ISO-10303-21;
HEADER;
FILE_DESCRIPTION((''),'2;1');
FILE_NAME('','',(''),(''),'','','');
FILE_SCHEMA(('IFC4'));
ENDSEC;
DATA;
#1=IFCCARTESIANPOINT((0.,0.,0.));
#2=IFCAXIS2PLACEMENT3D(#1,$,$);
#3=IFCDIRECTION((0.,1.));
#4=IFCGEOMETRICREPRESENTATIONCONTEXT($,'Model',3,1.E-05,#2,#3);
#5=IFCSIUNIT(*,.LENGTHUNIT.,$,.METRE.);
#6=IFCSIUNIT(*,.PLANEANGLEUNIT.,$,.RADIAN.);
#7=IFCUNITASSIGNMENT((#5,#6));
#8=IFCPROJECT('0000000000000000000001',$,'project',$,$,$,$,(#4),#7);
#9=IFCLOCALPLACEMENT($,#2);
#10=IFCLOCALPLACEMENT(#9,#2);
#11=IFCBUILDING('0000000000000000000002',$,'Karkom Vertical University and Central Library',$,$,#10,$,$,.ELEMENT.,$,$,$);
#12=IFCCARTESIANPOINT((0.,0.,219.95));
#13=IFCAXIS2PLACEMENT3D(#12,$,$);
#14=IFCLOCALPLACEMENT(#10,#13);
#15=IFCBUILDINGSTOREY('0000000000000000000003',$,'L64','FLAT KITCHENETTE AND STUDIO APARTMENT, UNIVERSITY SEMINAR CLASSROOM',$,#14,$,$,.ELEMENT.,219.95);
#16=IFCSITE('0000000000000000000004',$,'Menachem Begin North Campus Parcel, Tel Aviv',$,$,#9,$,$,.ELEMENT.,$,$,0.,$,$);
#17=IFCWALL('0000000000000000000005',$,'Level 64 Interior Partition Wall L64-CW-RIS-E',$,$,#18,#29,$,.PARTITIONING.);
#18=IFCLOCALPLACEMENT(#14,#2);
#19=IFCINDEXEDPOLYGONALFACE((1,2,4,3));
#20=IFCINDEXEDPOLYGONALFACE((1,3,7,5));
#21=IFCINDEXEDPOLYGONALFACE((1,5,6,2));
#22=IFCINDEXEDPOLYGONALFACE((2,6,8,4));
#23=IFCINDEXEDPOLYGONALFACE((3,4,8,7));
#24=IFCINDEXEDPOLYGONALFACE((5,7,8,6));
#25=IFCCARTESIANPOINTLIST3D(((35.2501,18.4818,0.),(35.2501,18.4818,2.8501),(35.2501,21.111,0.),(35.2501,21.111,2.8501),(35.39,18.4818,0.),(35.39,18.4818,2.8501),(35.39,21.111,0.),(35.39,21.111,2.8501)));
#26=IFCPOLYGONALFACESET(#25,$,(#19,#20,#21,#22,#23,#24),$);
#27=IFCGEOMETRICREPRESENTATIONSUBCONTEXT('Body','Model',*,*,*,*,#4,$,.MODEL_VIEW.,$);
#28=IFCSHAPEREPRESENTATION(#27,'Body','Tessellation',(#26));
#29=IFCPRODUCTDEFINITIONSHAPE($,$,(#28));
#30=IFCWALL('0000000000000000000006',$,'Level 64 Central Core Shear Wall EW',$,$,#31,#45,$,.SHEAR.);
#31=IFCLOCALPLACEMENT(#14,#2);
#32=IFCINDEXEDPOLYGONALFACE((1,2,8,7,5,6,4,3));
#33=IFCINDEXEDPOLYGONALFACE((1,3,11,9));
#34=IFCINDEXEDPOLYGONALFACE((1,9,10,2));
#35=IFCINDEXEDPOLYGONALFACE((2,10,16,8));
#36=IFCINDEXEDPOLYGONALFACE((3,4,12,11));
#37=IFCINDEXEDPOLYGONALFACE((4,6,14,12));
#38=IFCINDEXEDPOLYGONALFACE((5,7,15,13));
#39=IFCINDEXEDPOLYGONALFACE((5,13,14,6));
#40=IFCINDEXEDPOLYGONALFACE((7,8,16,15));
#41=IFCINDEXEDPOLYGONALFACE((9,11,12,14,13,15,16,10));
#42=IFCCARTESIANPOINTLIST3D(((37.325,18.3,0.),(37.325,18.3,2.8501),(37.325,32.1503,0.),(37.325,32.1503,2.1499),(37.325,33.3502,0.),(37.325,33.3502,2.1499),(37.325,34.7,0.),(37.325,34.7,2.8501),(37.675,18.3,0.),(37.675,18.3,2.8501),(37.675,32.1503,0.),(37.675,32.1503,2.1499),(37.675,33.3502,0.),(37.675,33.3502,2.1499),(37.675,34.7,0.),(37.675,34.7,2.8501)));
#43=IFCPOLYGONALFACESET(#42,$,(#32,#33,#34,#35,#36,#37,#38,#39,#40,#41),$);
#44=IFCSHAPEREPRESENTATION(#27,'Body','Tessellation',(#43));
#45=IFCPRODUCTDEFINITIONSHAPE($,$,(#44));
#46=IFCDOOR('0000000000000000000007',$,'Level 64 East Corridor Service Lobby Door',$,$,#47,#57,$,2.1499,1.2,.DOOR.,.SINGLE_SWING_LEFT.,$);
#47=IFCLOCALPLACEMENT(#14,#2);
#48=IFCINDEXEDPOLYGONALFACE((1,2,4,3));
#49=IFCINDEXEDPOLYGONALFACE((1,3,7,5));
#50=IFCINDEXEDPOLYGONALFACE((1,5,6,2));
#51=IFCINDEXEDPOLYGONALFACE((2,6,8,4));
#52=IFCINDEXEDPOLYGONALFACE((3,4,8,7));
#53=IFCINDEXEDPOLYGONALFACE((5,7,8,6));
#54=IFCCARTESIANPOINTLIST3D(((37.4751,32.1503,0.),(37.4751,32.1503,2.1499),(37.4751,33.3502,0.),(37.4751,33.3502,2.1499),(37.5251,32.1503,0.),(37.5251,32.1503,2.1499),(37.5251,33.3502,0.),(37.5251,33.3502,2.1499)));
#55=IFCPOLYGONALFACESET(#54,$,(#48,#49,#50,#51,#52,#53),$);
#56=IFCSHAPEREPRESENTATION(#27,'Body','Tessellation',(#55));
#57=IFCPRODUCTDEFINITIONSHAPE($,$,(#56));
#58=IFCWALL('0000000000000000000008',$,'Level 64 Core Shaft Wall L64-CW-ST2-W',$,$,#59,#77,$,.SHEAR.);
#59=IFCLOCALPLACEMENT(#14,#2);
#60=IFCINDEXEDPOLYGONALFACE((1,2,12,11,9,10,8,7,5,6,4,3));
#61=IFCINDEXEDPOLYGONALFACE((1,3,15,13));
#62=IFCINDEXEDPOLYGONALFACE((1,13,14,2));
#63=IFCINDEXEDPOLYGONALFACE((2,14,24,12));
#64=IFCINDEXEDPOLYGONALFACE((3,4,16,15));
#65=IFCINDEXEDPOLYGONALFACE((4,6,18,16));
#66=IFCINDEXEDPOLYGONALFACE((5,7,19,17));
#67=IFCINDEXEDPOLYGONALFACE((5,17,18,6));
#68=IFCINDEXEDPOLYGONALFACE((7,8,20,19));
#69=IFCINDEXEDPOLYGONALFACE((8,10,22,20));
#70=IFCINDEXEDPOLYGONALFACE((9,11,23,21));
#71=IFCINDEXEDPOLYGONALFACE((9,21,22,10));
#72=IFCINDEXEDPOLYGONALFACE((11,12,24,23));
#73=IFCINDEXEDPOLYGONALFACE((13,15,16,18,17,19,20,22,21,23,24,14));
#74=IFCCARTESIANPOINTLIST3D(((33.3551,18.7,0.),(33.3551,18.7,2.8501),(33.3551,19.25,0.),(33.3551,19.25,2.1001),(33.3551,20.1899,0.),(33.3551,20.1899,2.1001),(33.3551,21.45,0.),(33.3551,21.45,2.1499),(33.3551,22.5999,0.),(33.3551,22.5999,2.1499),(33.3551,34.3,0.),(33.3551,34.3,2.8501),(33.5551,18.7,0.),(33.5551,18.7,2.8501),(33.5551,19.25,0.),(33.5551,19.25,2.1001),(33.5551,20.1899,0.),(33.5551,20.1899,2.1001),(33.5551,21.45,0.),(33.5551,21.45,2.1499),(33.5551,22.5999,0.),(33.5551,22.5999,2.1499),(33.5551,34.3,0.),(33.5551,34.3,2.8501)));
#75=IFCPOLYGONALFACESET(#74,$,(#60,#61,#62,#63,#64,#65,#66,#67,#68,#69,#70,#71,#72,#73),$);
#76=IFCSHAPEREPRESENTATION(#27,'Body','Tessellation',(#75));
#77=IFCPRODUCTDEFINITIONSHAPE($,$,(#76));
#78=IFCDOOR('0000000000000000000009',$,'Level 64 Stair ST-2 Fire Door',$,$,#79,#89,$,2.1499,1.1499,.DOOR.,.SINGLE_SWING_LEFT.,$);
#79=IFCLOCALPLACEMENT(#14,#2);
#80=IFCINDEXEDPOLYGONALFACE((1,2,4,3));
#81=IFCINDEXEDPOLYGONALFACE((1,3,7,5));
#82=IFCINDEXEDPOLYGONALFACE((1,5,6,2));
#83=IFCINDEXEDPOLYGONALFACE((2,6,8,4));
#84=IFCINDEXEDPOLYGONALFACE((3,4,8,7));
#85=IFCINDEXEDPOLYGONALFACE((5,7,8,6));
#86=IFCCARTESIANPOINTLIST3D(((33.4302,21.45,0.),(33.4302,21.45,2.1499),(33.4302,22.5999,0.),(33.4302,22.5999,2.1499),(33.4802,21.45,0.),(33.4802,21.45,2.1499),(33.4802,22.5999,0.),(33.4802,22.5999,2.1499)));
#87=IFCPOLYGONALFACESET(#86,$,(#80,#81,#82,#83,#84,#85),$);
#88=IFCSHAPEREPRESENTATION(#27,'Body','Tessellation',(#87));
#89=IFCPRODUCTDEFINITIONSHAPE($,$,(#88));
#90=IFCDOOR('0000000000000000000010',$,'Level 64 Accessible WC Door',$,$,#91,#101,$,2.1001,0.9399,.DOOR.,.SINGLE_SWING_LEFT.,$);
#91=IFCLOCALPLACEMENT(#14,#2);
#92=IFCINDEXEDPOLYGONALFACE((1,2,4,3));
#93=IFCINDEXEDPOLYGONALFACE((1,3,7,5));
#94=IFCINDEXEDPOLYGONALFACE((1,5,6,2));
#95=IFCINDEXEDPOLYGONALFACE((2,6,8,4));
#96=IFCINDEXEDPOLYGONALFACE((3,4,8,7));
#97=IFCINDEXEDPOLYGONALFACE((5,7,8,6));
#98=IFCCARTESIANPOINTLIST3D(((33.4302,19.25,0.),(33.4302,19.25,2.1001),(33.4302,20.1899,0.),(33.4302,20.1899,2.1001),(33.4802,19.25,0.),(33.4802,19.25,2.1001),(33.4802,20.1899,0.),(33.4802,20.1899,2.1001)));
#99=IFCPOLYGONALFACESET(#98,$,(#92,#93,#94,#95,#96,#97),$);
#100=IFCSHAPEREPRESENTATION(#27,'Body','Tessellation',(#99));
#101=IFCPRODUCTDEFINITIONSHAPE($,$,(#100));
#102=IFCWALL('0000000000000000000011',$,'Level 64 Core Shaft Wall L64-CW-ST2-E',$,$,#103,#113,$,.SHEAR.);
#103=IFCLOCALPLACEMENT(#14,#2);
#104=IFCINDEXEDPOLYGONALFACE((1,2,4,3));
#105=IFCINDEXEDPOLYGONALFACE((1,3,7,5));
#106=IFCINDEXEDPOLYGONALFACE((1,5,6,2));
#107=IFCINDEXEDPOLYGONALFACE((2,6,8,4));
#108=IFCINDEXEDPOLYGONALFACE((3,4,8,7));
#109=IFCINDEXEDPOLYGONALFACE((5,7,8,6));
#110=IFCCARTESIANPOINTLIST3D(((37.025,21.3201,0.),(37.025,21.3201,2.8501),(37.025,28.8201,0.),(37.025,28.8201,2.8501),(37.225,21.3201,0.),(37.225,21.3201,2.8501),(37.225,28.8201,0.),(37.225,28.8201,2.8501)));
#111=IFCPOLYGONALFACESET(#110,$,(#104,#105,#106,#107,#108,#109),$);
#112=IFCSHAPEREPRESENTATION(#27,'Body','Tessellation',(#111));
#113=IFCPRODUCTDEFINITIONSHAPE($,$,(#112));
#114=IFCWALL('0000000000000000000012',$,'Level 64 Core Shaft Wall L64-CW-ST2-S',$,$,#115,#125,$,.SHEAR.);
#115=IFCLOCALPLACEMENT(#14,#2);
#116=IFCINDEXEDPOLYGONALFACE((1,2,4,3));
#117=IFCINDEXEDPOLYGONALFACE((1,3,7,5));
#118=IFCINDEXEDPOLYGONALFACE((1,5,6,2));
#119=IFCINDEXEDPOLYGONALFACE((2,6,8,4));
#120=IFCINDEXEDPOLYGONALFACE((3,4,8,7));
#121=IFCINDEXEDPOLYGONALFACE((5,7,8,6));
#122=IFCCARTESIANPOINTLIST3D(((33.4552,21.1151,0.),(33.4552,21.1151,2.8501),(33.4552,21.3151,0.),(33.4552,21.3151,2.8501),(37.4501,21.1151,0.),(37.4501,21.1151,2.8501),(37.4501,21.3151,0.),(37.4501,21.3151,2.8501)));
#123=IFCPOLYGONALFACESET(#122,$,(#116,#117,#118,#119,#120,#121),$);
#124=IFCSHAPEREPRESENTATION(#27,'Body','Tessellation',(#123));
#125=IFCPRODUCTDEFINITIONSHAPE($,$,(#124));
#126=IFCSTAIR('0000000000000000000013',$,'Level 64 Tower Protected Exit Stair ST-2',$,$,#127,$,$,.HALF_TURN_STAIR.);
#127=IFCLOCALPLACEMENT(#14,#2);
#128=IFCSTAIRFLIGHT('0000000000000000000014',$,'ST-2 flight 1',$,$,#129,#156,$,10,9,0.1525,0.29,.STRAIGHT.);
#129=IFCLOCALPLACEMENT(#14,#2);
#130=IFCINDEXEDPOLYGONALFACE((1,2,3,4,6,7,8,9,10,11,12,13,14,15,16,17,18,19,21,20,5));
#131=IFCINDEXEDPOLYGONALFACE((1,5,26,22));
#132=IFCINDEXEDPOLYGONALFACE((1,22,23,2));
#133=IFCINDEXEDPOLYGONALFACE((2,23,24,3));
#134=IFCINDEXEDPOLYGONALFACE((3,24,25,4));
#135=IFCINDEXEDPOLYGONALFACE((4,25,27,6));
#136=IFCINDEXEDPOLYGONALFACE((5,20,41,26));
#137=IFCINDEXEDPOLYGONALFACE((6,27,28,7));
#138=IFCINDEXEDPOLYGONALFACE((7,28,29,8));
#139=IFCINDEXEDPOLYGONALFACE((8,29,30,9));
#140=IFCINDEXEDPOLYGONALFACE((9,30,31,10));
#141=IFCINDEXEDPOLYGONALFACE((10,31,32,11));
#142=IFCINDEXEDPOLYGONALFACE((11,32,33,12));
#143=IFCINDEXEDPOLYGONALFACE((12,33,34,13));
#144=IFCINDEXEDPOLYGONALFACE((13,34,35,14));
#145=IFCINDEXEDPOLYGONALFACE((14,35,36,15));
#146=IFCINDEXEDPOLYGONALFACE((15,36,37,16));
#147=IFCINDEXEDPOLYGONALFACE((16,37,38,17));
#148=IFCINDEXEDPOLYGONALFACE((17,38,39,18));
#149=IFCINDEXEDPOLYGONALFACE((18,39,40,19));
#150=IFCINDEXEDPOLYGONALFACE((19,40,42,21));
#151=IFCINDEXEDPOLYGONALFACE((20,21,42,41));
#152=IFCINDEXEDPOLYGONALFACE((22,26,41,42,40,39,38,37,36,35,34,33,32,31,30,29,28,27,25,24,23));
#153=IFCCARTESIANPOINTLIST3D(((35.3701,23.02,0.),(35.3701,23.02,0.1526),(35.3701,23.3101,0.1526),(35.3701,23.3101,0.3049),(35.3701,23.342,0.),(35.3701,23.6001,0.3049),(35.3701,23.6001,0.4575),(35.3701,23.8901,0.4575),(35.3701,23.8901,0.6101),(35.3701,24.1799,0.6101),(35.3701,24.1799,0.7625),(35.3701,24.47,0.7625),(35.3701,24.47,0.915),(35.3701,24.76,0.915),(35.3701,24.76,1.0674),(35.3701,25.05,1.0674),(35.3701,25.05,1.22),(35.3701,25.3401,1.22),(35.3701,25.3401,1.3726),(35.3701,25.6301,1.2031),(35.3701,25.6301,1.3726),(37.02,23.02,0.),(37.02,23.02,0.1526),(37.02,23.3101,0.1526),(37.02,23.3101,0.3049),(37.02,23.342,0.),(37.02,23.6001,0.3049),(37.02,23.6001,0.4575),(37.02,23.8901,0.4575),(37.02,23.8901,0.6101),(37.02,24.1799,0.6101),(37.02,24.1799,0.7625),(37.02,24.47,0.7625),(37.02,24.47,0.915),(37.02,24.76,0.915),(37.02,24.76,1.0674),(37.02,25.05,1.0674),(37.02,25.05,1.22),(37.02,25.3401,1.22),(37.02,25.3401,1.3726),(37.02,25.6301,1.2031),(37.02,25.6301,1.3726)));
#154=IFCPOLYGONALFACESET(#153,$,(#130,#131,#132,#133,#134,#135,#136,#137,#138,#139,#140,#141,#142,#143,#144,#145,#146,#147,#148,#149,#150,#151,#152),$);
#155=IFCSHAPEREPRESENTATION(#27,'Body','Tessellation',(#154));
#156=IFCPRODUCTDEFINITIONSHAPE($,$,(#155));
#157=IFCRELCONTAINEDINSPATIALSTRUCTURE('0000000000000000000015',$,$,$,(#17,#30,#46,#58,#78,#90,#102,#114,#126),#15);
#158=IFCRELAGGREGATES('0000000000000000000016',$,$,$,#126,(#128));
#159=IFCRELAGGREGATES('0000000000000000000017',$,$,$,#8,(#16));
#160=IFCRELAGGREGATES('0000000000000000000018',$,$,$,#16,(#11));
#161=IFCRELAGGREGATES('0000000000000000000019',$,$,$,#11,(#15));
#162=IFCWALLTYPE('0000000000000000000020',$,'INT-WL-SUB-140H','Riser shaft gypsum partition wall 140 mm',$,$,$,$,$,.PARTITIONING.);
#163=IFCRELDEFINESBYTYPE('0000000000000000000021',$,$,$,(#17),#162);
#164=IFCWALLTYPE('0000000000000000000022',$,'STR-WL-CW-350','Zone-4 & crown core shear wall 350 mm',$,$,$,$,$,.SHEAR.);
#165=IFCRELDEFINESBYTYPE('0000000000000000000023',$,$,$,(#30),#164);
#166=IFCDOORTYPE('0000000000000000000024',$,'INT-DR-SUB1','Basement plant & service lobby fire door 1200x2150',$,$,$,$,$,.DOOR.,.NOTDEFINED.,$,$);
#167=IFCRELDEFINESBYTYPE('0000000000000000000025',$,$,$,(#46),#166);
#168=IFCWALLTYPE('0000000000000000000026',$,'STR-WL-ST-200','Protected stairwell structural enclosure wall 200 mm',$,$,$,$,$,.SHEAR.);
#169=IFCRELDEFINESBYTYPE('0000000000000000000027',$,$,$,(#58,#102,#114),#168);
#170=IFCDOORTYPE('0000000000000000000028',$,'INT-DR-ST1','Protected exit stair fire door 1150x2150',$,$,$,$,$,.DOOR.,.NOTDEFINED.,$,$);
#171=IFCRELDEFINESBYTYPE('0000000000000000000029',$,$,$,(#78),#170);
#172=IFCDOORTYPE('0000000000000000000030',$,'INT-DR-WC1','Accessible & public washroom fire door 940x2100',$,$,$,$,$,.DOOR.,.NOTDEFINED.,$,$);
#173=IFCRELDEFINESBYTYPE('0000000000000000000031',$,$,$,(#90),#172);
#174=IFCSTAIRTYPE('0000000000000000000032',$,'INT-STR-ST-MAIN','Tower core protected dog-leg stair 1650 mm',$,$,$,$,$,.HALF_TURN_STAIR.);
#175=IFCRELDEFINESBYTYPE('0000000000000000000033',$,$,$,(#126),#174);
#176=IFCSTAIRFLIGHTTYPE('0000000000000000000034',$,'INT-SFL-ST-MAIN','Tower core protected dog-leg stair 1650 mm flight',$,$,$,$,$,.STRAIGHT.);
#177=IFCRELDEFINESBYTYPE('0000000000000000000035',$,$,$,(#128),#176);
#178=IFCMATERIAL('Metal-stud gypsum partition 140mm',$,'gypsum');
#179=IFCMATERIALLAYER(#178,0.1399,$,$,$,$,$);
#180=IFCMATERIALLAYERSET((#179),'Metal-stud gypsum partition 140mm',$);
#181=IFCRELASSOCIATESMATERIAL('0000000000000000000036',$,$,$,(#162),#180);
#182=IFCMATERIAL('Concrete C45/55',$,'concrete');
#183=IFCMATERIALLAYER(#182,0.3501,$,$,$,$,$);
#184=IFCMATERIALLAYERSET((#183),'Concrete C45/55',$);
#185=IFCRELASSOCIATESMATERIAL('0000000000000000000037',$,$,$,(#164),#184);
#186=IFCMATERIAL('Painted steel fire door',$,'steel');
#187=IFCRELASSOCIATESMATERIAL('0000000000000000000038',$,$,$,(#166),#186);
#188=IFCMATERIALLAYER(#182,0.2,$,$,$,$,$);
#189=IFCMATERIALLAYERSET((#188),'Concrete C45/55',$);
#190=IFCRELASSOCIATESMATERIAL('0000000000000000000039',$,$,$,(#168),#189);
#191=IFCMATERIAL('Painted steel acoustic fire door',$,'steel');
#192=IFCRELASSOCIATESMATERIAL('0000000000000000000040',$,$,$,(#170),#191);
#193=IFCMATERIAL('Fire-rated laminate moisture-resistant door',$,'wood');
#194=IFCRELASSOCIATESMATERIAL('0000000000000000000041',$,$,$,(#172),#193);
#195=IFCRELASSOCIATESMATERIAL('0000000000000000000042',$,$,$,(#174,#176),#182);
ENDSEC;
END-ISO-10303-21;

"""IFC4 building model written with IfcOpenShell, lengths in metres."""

from ifc_helpers import new_model, si_unit, direction, frame, frame_2d, origin, origin_with_axes, place, context, subcontext, project, spatial, polyline, rectangle, outline, extrude, source, transform, mapped, material, layer, layer_set, type_object, element, fill, aggregate, save


model = new_model("IFC4")

# Units and contexts
model_context = context("Model", 3, precision=1e-05, world=origin(), true_north=direction((0.0, 1.0)))
body_context = subcontext(model_context, "Body", "Model", "MODEL_VIEW")
ifc_project = project(units=[si_unit("LENGTHUNIT", "METRE"), si_unit("PLANEANGLEUNIT", "RADIAN")], contexts=[model_context])

# Site, building, storey
site_placement = place(None, origin())
site = spatial("IfcSite", under=ifc_project, at=site_placement, Name="Menachem Begin North Campus Parcel, Tel Aviv", CompositionType="ELEMENT", RefElevation=0.0)
building_placement = place(site_placement, origin())
building = spatial("IfcBuilding", under=site, at=building_placement, Name="Karkom Vertical University and Central Library", CompositionType="ELEMENT")
storey_placement = place(building_placement, frame((0.0, 0.0, 219.95)))
storey = spatial("IfcBuildingStorey", under=building, at=storey_placement, Name="L64", Description="FLAT KITCHENETTE AND STUDIO APARTMENT, UNIVERSITY SEMINAR CLASSROOM", CompositionType="ELEMENT", Elevation=219.95)

# Shared definitions
ifc_material_1 = material(Name="Concrete C45/55", Category="concrete")

# Shared definitions
ifc_material_2 = material(Name="Metal-stud gypsum partition 140mm", Category="gypsum")

# Wall
ifc_layer_1 = layer(ifc_material_2, 0.1399)
ifc_layer_set_1 = layer_set([ifc_layer_1], Name="Metal-stud gypsum partition 140mm")
wall_type_1 = type_object("IfcWallType", Name="INT-WL-SUB-140H", Description="Riser shaft gypsum partition wall 140 mm", PredefinedType="PARTITIONING", material=ifc_layer_set_1)
wall_1_placement = place(storey_placement, frame((35.3201, 18.4819, 0.0), z_axis=(0.0, 0.0, 1.0), x_axis=(0.0, 1.0, 0.0)))
element("IfcWall", 1, at=wall_1_placement, inside=storey, type_object=wall_type_1, Name="Level 64 Interior Partition Wall L64-CW-RIS-E", PredefinedType="PARTITIONING", context=body_context, shape_type="SweptSolid", body=[
    extrude(rectangle(XDim=2.6292, YDim=0.1399, at=frame_2d((1.3145, 0.0))), origin(), (0.0, 0.0, 1.0), 2.8501),
])

# Wall, opening, door
ifc_layer_2 = layer(ifc_material_1, 0.3501)
ifc_layer_set_2 = layer_set([ifc_layer_2], Name="Concrete C45/55")
wall_type_2 = type_object("IfcWallType", Name="STR-WL-CW-350", Description="Zone-4 & crown core shear wall 350 mm", PredefinedType="SHEAR", material=ifc_layer_set_2)
wall_2_placement = place(storey_placement, frame((37.5, 18.3, 0.0), z_axis=(0.0, 0.0, 1.0), x_axis=(0.0, 1.0, 0.0)))
wall_2 = element("IfcWall", 2, at=wall_2_placement, inside=storey, type_object=wall_type_2, Name="Level 64 Central Core Shear Wall EW", PredefinedType="SHEAR", context=body_context, shape_type="SweptSolid", body=[
    extrude(rectangle(XDim=16.3999, YDim=0.3501, at=frame_2d((8.2, 0.0))), origin(), (0.0, 0.0, 1.0), 2.8501),
])
opening_1_placement = place(wall_2_placement, frame((13.8501, 0.0, 0.0)))
opening_1 = element("IfcOpeningElement", 3, at=opening_1_placement, cuts=wall_2, PredefinedType="OPENING", context=body_context, shape_type="SweptSolid", body=[
    extrude(rectangle(XDim=1.2, YDim=2.1499, at=frame_2d((0.6001, 1.075))), frame((0.0, 0.1851, 0.0), z_axis=(0.0, -1.0, 0.0), x_axis=(1.0, 0.0, 0.0)), (0.0, 0.0, 1.0), 0.3701),
])
ifc_material_3 = material(Name="Painted steel fire door", Category="steel")
door_type_1 = type_object("IfcDoorType", Name="INT-DR-SUB1", Description="Basement plant & service lobby fire door 1200x2150", OperationType="NOTDEFINED", PredefinedType="DOOR", material=ifc_material_3)
shared_shape_1 = source(origin_with_axes(), body_context, "Body", "SweptSolid", [
    extrude(rectangle(XDim=1.2, YDim=2.1499, at=frame_2d((0.6001, 1.075))), frame((0.0, 0.0249, 0.0), z_axis=(0.0, -1.0, 0.0), x_axis=(1.0, 0.0, 0.0)), (0.0, 0.0, 1.0), 0.05),
])
door_1_placement = place(opening_1_placement, origin())
door_1 = element("IfcDoor", 4, at=door_1_placement, inside=storey, type_object=door_type_1, Name="Level 64 East Corridor Service Lobby Door", OperationType="SINGLE_SWING_LEFT", OverallHeight=2.1499, OverallWidth=1.2, PredefinedType="DOOR", context=body_context, shape_type="MappedRepresentation", body=[
    mapped(shared_shape_1, transform((0.0, 0.0, 0.0), scale=1.0)),
])
fill(opening_1, door_1)

# Wall, openings, doors
ifc_layer_3 = layer(ifc_material_1, 0.2)
ifc_layer_set_3 = layer_set([ifc_layer_3], Name="Concrete C45/55")
wall_type_3 = type_object("IfcWallType", Name="STR-WL-ST-200", Description="Protected stairwell structural enclosure wall 200 mm", PredefinedType="SHEAR", material=ifc_layer_set_3)
wall_3_placement = place(storey_placement, frame((33.4551, 18.7, 0.0), z_axis=(0.0, 0.0, 1.0), x_axis=(0.0, 1.0, 0.0)))
wall_3 = element("IfcWall", 5, at=wall_3_placement, inside=storey, type_object=wall_type_3, Name="Level 64 Core Shaft Wall L64-CW-ST2-W", PredefinedType="SHEAR", context=body_context, shape_type="SweptSolid", body=[
    extrude(rectangle(XDim=15.6001, YDim=0.2, at=frame_2d((7.8, 0.0))), origin(), (0.0, 0.0, 1.0), 2.8501),
])
opening_2_placement = place(wall_3_placement, frame((2.75, 0.0, 0.0)))
opening_2 = element("IfcOpeningElement", 6, at=opening_2_placement, cuts=wall_3, PredefinedType="OPENING", context=body_context, shape_type="SweptSolid", body=[
    extrude(rectangle(XDim=1.1499, YDim=2.1499, at=frame_2d((0.575, 1.075))), frame((0.0, 0.1099, 0.0), z_axis=(0.0, -1.0, 0.0), x_axis=(1.0, 0.0, 0.0)), (0.0, 0.0, 1.0), 0.22),
])
opening_3_placement = place(wall_3_placement, frame((0.55, 0.0, 0.0)))
opening_3 = element("IfcOpeningElement", 7, at=opening_3_placement, cuts=wall_3, PredefinedType="OPENING", context=body_context, shape_type="SweptSolid", body=[
    extrude(rectangle(XDim=0.9399, YDim=2.1001, at=frame_2d((0.47, 1.05))), frame((0.0, 0.1099, 0.0), z_axis=(0.0, -1.0, 0.0), x_axis=(1.0, 0.0, 0.0)), (0.0, 0.0, 1.0), 0.22),
])
ifc_material_4 = material(Name="Painted steel acoustic fire door", Category="steel")
door_type_2 = type_object("IfcDoorType", Name="INT-DR-ST1", Description="Protected exit stair fire door 1150x2150", OperationType="NOTDEFINED", PredefinedType="DOOR", material=ifc_material_4)
shared_shape_2 = source(origin_with_axes(), body_context, "Body", "SweptSolid", [
    extrude(rectangle(XDim=1.1499, YDim=2.1499, at=frame_2d((0.575, 1.075))), frame((0.0, 0.0249, 0.0), z_axis=(0.0, -1.0, 0.0), x_axis=(1.0, 0.0, 0.0)), (0.0, 0.0, 1.0), 0.05),
])
door_2_placement = place(opening_2_placement, origin())
door_2 = element("IfcDoor", 8, at=door_2_placement, inside=storey, type_object=door_type_2, Name="Level 64 Stair ST-2 Fire Door", OperationType="SINGLE_SWING_LEFT", OverallHeight=2.1499, OverallWidth=1.1499, PredefinedType="DOOR", context=body_context, shape_type="MappedRepresentation", body=[
    mapped(shared_shape_2, transform((0.0, 0.0, 0.0), scale=1.0)),
])
fill(opening_2, door_2)
ifc_material_5 = material(Name="Fire-rated laminate moisture-resistant door", Category="wood")
door_type_3 = type_object("IfcDoorType", Name="INT-DR-WC1", Description="Accessible & public washroom fire door 940x2100", OperationType="NOTDEFINED", PredefinedType="DOOR", material=ifc_material_5)
shared_shape_3 = source(origin_with_axes(), body_context, "Body", "SweptSolid", [
    extrude(rectangle(XDim=0.9399, YDim=2.1001, at=frame_2d((0.47, 1.05))), frame((0.0, 0.0249, 0.0), z_axis=(0.0, -1.0, 0.0), x_axis=(1.0, 0.0, 0.0)), (0.0, 0.0, 1.0), 0.05),
])
door_3_placement = place(opening_3_placement, origin())
door_3 = element("IfcDoor", 9, at=door_3_placement, inside=storey, type_object=door_type_3, Name="Level 64 Accessible WC Door", OperationType="SINGLE_SWING_LEFT", OverallHeight=2.1001, OverallWidth=0.9399, PredefinedType="DOOR", context=body_context, shape_type="MappedRepresentation", body=[
    mapped(shared_shape_3, transform((0.0, 0.0, 0.0), scale=1.0)),
])
fill(opening_3, door_3)

# Walls
wall_4_placement = place(storey_placement, frame((37.125, 21.3201, 0.0), z_axis=(0.0, 0.0, 1.0), x_axis=(0.0, 1.0, 0.0)))
element("IfcWall", 10, at=wall_4_placement, inside=storey, type_object=wall_type_3, Name="Level 64 Core Shaft Wall L64-CW-ST2-E", PredefinedType="SHEAR", context=body_context, shape_type="SweptSolid", body=[
    extrude(rectangle(XDim=7.5, YDim=0.2, at=frame_2d((3.75, 0.0))), origin(), (0.0, 0.0, 1.0), 2.8501),
])
wall_5_placement = place(storey_placement, frame((33.4551, 21.2151, 0.0), z_axis=(0.0, 0.0, 1.0), x_axis=(1.0, 0.0, 0.0)))
element("IfcWall", 11, at=wall_5_placement, inside=storey, type_object=wall_type_3, Name="Level 64 Core Shaft Wall L64-CW-ST2-S", PredefinedType="SHEAR", context=body_context, shape_type="SweptSolid", body=[
    extrude(rectangle(XDim=3.9949, YDim=0.2, at=frame_2d((1.9976, 0.0))), origin(), (0.0, 0.0, 1.0), 2.8501),
])

# Stair, stair flight
stair_type = type_object("IfcStairType", Name="INT-STR-ST-MAIN", Description="Tower core protected dog-leg stair 1650 mm", PredefinedType="HALF_TURN_STAIR", material=ifc_material_1)
stair_placement = place(storey_placement, origin())
stair = element("IfcStair", 12, at=stair_placement, inside=storey, type_object=stair_type, Name="Level 64 Tower Protected Exit Stair ST-2", PredefinedType="HALF_TURN_STAIR")
stair_flight_type = type_object("IfcStairFlightType", Name="INT-SFL-ST-MAIN", Description="Tower core protected dog-leg stair 1650 mm flight", PredefinedType="STRAIGHT", material=ifc_material_1)
stair_flight_placement = place(storey_placement, frame((36.1951, 23.02, 0.0), z_axis=(0.0, 0.0, 1.0), x_axis=(0.0, 1.0, 0.0)))
stair_flight = element("IfcStairFlight", 13, at=stair_flight_placement, type_object=stair_flight_type, Name="ST-2 flight 1", NumberOfRisers=10, NumberOfTreads=9, PredefinedType="STRAIGHT", RiserHeight=0.1525, TreadLength=0.29, context=body_context, shape_type="SweptSolid", body=[
    extrude(outline(polyline([(0.0, 0.0), (0.0, 0.1526), (0.29, 0.1526), (0.29, 0.3049), (0.5801, 0.3049), (0.5801, 0.4575), (0.8701, 0.4575), (0.8701, 0.6101), (1.1599, 0.6101), (1.1599, 0.7625), (1.45, 0.7625), (1.45, 0.915), (1.74, 0.915), (1.74, 1.0674), (2.03, 1.0674), (2.03, 1.22), (2.3201, 1.22), (2.3201, 1.3726), (2.6101, 1.3726), (2.6101, 1.5249), (2.6101, 1.2031), (0.322, 0.0), (0.0, 0.0)])), frame((0.0, 0.825, 0.0), z_axis=(0.0, -1.0, 0.0), x_axis=(1.0, 0.0, 0.0)), (0.0, 0.0, 1.0), 1.6499),
])
aggregate(stair, [stair_flight])

save(model, "model.ifc")
